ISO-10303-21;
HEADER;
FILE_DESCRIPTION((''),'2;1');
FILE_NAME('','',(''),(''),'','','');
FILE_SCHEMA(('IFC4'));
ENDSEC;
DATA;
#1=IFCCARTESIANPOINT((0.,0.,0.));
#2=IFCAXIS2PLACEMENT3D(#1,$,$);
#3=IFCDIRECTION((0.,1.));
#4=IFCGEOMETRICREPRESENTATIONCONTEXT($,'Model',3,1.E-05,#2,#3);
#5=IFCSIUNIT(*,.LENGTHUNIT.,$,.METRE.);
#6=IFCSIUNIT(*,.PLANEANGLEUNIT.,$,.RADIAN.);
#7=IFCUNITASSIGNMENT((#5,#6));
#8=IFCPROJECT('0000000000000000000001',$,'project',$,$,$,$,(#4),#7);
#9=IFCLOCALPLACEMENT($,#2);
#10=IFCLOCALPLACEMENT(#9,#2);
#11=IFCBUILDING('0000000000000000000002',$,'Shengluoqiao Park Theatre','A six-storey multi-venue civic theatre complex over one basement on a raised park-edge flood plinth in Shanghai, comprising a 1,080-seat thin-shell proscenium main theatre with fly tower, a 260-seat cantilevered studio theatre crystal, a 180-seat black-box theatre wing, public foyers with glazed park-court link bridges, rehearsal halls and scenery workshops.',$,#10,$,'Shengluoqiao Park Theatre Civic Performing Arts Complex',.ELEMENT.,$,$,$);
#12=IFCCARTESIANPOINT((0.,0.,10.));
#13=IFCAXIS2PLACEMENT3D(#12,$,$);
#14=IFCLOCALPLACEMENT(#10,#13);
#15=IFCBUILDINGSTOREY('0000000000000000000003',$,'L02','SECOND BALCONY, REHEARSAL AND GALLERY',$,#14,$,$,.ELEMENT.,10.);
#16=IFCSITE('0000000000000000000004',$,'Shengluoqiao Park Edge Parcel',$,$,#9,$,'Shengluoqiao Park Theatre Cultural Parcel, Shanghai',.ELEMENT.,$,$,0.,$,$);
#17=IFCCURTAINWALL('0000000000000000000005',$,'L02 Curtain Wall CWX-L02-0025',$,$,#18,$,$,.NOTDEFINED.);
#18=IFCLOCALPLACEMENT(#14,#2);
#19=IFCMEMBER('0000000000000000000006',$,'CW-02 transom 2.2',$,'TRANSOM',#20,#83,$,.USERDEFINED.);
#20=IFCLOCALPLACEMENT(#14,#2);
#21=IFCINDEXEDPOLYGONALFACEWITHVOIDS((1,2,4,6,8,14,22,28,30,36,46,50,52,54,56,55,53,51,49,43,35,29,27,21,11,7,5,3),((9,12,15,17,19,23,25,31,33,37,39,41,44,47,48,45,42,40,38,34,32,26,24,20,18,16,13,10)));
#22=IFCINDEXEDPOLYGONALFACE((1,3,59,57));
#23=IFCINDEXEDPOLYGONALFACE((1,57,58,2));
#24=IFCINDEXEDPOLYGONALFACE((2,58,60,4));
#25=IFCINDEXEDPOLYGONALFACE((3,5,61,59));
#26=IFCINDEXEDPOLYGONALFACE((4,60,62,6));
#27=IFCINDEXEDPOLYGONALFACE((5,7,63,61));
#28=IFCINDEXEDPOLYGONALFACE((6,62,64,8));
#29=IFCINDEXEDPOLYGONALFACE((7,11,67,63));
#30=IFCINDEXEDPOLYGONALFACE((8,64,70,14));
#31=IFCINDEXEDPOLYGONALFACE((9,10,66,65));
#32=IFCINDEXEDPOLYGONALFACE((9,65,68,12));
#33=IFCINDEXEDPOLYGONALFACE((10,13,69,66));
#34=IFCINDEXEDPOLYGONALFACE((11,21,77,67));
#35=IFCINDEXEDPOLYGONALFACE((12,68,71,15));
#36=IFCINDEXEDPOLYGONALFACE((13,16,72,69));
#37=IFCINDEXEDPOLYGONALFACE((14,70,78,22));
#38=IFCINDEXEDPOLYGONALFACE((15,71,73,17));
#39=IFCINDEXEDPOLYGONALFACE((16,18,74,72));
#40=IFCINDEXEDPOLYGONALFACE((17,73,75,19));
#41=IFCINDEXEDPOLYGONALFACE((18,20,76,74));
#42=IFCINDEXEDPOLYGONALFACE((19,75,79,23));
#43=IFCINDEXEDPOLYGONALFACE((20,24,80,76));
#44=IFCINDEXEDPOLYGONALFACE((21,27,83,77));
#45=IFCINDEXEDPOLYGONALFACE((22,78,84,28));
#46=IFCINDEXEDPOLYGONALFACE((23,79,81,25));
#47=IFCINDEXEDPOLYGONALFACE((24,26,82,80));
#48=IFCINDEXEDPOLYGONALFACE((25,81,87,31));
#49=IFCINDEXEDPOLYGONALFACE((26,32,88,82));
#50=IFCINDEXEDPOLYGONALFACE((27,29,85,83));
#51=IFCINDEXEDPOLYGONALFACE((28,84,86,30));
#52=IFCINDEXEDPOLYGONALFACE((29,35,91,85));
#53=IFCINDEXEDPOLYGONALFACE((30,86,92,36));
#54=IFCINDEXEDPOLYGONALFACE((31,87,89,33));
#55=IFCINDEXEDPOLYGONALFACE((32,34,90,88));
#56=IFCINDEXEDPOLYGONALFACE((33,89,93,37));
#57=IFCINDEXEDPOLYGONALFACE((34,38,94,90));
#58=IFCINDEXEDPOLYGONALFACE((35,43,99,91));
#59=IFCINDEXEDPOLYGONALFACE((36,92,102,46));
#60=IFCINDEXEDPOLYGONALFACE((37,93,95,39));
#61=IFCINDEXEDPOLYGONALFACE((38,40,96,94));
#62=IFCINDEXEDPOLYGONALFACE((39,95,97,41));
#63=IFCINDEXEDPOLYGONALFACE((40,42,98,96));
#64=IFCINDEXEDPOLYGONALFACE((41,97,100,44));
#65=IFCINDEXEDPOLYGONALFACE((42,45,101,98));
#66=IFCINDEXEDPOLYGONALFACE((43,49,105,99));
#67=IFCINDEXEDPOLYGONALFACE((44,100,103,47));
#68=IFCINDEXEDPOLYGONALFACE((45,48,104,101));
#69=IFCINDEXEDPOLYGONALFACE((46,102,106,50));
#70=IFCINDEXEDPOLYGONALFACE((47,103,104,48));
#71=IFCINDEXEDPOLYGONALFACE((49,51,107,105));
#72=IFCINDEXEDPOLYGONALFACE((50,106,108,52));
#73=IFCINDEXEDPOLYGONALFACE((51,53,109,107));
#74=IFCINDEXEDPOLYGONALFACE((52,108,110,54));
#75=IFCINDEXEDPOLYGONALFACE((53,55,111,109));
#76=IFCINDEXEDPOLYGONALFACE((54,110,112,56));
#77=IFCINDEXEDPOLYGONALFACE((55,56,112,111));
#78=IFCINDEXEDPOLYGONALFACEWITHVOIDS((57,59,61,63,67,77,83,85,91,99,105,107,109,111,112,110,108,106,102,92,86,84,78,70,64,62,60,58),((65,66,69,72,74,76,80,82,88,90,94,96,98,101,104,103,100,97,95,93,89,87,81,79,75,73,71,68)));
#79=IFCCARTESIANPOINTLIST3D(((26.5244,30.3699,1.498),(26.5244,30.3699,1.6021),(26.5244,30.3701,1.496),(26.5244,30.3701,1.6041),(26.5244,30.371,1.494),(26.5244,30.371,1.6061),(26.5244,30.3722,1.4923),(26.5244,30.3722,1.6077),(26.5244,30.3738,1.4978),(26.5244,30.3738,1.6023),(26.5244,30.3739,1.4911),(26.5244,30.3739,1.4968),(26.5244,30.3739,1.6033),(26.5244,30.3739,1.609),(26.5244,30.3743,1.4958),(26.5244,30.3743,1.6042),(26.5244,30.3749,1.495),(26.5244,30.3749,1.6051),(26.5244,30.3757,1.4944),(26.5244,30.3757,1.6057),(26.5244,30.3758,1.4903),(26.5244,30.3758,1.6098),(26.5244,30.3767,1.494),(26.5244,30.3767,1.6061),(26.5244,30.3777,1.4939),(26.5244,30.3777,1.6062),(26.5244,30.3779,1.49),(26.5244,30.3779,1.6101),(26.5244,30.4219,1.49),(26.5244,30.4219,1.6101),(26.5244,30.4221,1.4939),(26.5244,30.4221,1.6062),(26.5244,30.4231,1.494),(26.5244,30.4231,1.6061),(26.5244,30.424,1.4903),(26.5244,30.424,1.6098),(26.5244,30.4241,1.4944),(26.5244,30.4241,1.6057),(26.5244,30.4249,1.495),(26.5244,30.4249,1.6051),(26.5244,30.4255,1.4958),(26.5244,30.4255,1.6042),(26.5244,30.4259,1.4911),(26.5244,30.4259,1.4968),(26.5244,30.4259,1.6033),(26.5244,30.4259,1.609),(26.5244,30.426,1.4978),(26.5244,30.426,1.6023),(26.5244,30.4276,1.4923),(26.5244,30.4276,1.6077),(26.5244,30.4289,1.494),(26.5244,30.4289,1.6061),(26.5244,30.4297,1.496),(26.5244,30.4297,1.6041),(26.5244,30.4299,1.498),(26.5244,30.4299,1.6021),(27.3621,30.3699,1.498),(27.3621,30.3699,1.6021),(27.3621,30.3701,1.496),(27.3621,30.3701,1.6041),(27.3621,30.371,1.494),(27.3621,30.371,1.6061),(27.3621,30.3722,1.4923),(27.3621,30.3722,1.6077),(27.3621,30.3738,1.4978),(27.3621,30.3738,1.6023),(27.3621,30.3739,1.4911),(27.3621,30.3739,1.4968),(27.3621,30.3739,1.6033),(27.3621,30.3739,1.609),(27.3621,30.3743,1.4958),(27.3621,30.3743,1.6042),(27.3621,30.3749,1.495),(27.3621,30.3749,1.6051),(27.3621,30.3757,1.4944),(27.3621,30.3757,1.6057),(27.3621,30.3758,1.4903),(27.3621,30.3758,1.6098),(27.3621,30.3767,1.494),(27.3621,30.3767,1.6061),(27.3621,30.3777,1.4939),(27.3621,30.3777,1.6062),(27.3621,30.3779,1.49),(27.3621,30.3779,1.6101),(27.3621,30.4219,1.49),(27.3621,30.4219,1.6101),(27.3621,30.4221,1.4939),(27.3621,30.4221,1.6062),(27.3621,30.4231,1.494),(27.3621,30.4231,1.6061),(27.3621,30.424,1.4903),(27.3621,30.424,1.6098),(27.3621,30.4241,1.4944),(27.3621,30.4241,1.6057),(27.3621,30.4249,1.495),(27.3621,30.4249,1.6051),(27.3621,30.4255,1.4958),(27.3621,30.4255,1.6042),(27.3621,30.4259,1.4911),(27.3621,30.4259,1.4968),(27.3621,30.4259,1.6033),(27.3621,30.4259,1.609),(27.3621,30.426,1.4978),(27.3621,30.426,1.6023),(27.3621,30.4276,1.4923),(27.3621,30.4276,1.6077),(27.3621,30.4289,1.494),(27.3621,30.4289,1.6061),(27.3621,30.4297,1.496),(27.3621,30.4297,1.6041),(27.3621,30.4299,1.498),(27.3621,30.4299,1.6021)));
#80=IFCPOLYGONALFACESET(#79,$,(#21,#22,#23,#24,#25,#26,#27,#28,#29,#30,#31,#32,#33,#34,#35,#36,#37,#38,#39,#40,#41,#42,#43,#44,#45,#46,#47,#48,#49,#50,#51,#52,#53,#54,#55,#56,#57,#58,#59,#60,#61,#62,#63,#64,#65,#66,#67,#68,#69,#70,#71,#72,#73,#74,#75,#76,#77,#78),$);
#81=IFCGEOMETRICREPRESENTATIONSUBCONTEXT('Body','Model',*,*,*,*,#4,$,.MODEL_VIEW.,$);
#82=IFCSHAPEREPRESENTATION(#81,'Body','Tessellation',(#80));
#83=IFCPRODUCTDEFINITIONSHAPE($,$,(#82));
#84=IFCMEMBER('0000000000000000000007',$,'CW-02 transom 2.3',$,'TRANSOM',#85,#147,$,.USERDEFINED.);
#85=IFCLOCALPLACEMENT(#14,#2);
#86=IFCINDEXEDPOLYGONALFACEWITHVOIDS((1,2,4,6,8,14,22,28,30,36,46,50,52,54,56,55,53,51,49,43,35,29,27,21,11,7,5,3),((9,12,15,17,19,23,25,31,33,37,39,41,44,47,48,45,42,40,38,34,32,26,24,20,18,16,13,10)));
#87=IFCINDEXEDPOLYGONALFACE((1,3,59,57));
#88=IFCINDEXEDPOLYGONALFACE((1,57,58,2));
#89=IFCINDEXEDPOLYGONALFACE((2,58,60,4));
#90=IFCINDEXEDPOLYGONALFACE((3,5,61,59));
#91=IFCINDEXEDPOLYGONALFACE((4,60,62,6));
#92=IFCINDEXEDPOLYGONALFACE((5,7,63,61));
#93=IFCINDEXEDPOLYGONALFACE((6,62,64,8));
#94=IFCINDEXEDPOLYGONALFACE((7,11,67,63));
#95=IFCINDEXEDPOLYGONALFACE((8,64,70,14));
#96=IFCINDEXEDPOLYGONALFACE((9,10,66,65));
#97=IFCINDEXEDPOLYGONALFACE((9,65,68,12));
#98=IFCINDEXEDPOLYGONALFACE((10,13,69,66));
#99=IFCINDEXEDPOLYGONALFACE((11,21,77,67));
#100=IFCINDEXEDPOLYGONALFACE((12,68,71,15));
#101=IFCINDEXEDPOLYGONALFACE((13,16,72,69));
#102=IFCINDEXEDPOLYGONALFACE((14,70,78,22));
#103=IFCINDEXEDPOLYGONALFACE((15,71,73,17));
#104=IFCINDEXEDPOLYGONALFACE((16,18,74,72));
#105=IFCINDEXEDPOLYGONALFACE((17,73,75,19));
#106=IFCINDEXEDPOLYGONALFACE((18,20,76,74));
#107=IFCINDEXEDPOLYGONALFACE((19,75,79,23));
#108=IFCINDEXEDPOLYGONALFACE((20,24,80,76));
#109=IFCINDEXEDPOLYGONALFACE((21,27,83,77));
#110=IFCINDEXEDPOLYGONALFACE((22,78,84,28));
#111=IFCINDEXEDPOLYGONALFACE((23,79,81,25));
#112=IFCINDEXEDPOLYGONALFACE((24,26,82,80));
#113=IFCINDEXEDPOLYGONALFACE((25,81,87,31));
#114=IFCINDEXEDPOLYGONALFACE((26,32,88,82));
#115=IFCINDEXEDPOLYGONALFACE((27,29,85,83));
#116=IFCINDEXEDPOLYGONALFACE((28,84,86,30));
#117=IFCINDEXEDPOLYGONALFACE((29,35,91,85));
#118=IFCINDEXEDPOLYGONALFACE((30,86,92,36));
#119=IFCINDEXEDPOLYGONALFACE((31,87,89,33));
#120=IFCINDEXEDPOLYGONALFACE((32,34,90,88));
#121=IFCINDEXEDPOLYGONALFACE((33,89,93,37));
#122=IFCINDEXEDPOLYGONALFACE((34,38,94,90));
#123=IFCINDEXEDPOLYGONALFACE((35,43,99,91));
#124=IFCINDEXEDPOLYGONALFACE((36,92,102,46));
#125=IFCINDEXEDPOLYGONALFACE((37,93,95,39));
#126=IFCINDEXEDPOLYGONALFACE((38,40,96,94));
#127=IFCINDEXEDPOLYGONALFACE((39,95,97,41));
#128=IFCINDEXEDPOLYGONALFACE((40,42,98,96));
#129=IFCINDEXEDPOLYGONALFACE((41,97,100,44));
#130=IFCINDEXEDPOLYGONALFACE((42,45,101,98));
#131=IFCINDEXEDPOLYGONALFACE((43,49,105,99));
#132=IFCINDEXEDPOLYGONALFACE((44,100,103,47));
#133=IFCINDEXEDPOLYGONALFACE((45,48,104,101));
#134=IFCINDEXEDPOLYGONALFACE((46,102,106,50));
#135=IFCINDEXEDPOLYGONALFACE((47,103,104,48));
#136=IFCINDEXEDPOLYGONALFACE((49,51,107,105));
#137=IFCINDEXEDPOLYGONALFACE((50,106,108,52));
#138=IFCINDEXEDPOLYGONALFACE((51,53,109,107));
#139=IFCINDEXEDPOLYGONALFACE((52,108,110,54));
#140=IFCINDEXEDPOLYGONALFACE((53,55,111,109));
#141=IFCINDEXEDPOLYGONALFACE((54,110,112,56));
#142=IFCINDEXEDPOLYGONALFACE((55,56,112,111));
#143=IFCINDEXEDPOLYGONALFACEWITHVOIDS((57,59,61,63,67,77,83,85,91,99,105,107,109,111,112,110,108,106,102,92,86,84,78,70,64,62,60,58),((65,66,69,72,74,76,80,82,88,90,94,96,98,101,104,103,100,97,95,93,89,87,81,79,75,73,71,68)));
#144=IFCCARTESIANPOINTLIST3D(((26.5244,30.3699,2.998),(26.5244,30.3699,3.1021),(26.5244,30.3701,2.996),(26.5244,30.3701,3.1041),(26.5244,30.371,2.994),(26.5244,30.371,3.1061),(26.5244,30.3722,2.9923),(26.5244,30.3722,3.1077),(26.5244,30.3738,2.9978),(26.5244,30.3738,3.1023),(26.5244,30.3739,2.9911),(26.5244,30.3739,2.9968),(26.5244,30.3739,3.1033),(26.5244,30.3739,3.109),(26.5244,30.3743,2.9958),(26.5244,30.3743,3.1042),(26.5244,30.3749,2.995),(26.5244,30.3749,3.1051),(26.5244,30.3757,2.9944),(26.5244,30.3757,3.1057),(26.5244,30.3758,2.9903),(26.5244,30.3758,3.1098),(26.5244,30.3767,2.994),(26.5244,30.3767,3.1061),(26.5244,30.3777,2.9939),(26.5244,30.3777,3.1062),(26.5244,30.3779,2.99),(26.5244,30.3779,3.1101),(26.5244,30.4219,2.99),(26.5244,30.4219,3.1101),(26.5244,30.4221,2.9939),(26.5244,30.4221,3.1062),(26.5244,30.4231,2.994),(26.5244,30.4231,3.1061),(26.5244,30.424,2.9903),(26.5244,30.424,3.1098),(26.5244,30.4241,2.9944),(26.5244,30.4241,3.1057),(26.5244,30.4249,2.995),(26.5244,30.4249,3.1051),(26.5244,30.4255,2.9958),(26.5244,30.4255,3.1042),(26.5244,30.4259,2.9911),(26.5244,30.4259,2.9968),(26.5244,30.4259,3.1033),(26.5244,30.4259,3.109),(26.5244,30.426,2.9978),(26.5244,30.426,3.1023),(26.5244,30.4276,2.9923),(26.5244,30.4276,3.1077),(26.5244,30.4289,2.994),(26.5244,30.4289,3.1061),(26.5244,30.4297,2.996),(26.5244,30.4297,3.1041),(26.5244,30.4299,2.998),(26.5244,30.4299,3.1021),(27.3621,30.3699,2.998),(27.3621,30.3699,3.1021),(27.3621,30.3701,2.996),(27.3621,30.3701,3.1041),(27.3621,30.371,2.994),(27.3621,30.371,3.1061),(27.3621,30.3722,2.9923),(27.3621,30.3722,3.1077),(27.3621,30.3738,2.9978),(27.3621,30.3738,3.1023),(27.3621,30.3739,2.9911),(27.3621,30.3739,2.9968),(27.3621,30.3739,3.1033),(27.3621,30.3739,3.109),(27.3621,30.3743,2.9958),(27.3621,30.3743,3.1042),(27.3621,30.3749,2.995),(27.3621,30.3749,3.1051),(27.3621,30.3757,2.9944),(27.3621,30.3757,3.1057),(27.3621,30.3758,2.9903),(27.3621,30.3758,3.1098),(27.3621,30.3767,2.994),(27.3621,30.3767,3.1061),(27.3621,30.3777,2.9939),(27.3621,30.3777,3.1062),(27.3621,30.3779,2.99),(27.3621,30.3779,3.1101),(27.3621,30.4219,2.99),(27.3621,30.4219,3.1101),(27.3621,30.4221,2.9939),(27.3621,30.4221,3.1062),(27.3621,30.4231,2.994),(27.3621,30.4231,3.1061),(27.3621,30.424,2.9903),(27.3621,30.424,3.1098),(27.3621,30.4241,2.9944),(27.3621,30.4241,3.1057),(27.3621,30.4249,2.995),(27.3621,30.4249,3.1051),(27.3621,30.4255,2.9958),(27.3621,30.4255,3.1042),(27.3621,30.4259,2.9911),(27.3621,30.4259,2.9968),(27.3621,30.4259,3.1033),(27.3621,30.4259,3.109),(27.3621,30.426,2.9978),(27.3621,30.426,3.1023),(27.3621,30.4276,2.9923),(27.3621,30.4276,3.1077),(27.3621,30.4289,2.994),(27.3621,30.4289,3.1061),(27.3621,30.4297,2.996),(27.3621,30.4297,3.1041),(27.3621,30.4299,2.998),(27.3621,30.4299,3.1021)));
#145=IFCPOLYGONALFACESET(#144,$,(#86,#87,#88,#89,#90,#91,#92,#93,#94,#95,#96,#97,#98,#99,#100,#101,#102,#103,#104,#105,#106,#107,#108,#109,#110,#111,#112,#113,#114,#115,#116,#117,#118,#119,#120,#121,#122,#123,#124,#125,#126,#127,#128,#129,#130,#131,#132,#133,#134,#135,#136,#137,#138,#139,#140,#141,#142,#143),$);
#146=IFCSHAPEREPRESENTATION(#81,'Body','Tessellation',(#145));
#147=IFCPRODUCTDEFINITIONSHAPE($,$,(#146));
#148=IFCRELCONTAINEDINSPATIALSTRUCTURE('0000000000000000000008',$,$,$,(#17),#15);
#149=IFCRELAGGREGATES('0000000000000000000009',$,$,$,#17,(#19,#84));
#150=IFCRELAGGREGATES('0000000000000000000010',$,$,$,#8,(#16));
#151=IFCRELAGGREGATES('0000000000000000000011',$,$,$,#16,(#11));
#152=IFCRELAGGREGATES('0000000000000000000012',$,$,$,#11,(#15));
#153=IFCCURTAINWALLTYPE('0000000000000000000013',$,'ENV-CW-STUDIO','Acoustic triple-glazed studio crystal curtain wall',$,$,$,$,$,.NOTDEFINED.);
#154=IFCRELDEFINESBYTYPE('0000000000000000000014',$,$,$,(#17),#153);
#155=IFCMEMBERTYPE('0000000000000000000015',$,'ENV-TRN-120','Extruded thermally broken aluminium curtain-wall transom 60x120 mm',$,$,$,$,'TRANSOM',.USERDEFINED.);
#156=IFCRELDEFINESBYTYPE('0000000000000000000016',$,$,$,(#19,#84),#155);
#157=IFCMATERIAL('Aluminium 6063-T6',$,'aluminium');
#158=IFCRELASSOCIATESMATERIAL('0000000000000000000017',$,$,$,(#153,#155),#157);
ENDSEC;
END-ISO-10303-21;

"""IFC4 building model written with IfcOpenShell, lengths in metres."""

from ifc_helpers import new_model, si_unit, direction, frame, origin, origin_2d, place, context, subcontext, project, spatial, hollow_rectangle, extrude, material, material_profile, profile_set, type_object, element, aggregate, save


model = new_model("IFC4")

# Units and contexts
model_context = context("Model", 3, precision=1e-05, world=origin(), true_north=direction((0.0, 1.0)))
body_context = subcontext(model_context, "Body", "Model", "MODEL_VIEW")
ifc_project = project(units=[si_unit("LENGTHUNIT", "METRE"), si_unit("PLANEANGLEUNIT", "RADIAN")], contexts=[model_context])

# Site, building, storey
site_placement = place(None, origin())
site = spatial("IfcSite", under=ifc_project, at=site_placement, Name="Shengluoqiao Park Edge Parcel", LongName="Shengluoqiao Park Theatre Cultural Parcel, Shanghai", CompositionType="ELEMENT", RefElevation=0.0)
building_placement = place(site_placement, origin())
building = spatial("IfcBuilding", under=site, at=building_placement, Name="Shengluoqiao Park Theatre", Description="A six-storey multi-venue civic theatre complex over one basement on a raised park-edge flood plinth in Shanghai, comprising a 1,080-seat thin-shell proscenium main theatre with fly tower, a 260-seat cantilevered studio theatre crystal, a 180-seat black-box theatre wing, public foyers with glazed park-court link bridges, rehearsal halls and scenery workshops.", LongName="Shengluoqiao Park Theatre Civic Performing Arts Complex", CompositionType="ELEMENT")
storey_placement = place(building_placement, frame((0.0, 0.0, 10.0)))
storey = spatial("IfcBuildingStorey", under=building, at=storey_placement, Name="L02", Description="SECOND BALCONY, REHEARSAL AND GALLERY", CompositionType="ELEMENT", Elevation=10.0)

# Curtain wall, members
ifc_material_1 = material(Name="Aluminium 6063-T6", Category="aluminium")
curtain_wall_type = type_object("IfcCurtainWallType", Name="ENV-CW-STUDIO", Description="Acoustic triple-glazed studio crystal curtain wall", PredefinedType="NOTDEFINED", material=ifc_material_1)
curtain_wall_placement = place(storey_placement, origin())
curtain_wall = element("IfcCurtainWall", 1, at=curtain_wall_placement, inside=storey, type_object=curtain_wall_type, Name="L02 Curtain Wall CWX-L02-0025", PredefinedType="NOTDEFINED")
ifc_material_profile_1 = material_profile(ifc_material_1, hollow_rectangle(XDim=0.0601, YDim=0.1201, WallThickness=0.0039, InnerFilletRadius=0.0039, OuterFilletRadius=0.0081, at=origin_2d()), Name="ALU TRANSOM 120x60x4")
ifc_profile_set_1 = profile_set([ifc_material_profile_1], Name="Aluminium 6063-T6")
member_type_1 = type_object("IfcMemberType", Name="ENV-TRN-120", Description="Extruded thermally broken aluminium curtain-wall transom 60x120 mm", ElementType="TRANSOM", PredefinedType="USERDEFINED", material=ifc_profile_set_1)
member_1_placement = place(storey_placement, frame((26.5244, 30.3999, 1.55), z_axis=(1.0, 0.0, 0.0), x_axis=(0.0, 1.0, 0.0)))
member_1 = element("IfcMember", 2, at=member_1_placement, type_object=member_type_1, Name="CW-02 transom 2.2", ObjectType="TRANSOM", PredefinedType="USERDEFINED", context=body_context, shape_type="SweptSolid", body=[
    extrude(hollow_rectangle(XDim=0.0601, YDim=0.1201, WallThickness=0.0039, InnerFilletRadius=0.0039, OuterFilletRadius=0.0081, at=origin_2d()), origin(), (0.0, 0.0, 1.0), 0.8376),
])
member_2_placement = place(storey_placement, frame((26.5244, 30.3999, 3.05), z_axis=(1.0, 0.0, 0.0), x_axis=(0.0, 1.0, 0.0)))
member_2 = element("IfcMember", 3, at=member_2_placement, type_object=member_type_1, Name="CW-02 transom 2.3", ObjectType="TRANSOM", PredefinedType="USERDEFINED", context=body_context, shape_type="SweptSolid", body=[
    extrude(hollow_rectangle(XDim=0.0601, YDim=0.1201, WallThickness=0.0039, InnerFilletRadius=0.0039, OuterFilletRadius=0.0081, at=origin_2d()), origin(), (0.0, 0.0, 1.0), 0.8376),
])

aggregate(curtain_wall, [member_1, member_2])

save(model, "model.ifc")
